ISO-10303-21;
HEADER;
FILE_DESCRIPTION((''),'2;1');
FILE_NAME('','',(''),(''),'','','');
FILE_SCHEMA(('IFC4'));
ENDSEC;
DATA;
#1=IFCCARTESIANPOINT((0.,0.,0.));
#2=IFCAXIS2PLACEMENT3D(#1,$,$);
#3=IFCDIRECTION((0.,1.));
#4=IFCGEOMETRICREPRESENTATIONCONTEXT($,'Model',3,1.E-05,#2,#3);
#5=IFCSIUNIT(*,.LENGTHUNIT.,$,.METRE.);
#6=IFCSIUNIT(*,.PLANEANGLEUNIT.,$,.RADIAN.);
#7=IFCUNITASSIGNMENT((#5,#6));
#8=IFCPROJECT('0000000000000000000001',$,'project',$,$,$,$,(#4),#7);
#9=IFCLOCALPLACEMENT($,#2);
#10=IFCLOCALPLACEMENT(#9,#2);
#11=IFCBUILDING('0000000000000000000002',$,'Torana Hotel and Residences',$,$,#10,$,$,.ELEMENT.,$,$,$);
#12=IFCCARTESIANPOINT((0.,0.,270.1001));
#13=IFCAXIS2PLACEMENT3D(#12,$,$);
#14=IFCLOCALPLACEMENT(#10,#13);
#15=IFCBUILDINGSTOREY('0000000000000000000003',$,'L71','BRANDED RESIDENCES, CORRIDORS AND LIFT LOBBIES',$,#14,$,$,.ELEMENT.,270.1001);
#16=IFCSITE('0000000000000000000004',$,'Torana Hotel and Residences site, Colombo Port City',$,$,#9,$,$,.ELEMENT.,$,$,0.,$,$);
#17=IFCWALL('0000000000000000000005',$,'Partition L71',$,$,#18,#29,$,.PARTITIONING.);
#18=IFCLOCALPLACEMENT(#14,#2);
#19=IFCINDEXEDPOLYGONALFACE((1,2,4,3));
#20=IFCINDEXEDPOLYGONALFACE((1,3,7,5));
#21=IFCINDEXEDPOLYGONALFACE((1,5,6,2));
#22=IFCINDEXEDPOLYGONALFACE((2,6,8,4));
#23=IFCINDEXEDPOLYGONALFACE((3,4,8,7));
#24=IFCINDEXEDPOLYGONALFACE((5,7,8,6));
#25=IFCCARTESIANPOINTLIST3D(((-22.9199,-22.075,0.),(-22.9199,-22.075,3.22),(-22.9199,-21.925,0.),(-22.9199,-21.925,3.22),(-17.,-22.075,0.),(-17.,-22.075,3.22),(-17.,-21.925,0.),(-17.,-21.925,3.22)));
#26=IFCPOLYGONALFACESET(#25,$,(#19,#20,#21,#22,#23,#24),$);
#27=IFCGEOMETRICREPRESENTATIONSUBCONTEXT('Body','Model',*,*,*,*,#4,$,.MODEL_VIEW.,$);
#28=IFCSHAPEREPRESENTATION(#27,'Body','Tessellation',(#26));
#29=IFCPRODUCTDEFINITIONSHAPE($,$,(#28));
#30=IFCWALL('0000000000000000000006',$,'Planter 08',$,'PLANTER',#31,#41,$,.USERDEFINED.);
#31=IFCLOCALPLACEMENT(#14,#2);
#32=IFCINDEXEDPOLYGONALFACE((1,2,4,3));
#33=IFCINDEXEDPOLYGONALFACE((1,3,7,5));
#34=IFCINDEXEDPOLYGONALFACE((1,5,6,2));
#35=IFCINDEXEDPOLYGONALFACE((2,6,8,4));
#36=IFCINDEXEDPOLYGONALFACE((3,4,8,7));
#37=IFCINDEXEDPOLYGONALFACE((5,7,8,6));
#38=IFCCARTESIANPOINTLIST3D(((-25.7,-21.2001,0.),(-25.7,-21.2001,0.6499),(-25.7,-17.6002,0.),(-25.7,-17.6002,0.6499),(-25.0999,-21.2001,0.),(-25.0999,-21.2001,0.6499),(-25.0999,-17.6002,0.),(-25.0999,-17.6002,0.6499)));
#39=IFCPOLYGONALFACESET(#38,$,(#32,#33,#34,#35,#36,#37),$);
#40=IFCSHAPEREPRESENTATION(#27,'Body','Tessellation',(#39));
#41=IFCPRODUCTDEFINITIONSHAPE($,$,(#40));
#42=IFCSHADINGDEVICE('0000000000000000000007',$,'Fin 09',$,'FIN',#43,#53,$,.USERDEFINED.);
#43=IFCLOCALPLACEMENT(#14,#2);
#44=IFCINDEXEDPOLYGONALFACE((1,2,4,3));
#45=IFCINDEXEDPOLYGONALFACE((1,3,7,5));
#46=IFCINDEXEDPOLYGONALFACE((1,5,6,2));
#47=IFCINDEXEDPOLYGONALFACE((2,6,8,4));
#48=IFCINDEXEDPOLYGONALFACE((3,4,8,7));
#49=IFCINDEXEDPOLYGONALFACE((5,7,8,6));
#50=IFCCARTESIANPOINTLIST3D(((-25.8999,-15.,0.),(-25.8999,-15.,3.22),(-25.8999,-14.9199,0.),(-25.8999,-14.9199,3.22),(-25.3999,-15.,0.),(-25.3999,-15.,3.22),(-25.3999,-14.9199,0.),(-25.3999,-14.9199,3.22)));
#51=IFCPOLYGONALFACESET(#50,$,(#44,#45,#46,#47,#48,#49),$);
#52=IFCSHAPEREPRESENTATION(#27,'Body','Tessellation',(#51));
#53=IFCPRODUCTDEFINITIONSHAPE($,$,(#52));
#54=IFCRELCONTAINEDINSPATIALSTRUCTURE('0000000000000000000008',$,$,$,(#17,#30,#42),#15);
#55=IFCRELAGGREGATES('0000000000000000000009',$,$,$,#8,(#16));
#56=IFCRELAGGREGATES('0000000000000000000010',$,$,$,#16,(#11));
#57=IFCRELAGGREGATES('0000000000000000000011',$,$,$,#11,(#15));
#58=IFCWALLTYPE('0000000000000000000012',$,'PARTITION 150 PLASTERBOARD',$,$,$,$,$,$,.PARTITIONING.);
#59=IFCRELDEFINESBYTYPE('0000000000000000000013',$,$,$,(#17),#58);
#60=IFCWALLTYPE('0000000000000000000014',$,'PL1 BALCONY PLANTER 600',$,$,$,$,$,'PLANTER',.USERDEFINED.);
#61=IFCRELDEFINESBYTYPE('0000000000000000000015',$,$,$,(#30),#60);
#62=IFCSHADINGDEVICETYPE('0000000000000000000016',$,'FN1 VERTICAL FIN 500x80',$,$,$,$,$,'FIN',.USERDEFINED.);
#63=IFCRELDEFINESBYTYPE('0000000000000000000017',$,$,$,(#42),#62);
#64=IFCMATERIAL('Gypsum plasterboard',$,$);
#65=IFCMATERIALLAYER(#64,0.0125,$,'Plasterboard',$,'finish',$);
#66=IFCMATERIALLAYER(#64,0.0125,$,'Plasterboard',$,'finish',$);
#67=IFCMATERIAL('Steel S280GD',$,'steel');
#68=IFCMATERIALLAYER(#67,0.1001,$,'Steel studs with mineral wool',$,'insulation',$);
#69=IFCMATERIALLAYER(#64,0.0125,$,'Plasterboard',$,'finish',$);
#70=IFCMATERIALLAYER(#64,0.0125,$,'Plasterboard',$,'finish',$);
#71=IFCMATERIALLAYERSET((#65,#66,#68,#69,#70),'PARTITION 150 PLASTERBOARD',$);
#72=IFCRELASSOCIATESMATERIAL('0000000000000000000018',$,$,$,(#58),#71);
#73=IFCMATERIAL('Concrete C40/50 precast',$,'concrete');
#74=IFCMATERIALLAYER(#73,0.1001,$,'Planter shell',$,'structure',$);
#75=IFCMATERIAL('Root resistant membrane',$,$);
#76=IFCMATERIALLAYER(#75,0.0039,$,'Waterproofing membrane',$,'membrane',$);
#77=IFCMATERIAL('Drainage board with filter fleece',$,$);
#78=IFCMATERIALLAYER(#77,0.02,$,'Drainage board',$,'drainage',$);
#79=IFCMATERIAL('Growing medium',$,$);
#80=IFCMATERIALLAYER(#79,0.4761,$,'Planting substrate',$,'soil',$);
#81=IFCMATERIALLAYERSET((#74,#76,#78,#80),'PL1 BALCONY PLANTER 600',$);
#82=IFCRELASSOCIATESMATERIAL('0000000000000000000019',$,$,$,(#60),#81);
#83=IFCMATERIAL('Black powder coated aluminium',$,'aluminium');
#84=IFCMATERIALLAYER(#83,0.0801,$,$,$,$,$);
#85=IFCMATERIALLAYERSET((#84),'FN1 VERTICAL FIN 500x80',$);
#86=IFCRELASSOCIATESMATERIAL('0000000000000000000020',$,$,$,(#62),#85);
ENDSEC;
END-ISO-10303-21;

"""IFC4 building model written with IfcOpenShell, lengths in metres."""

from ifc_helpers import new_model, si_unit, direction, frame, frame_2d, origin, origin_2d, place, context, subcontext, project, spatial, rectangle, extrude, material, layer, layer_set, type_object, element, save


model = new_model("IFC4")

# Units and contexts
model_context = context("Model", 3, precision=1e-05, world=origin(), true_north=direction((0.0, 1.0)))
body_context = subcontext(model_context, "Body", "Model", "MODEL_VIEW")
ifc_project = project(units=[si_unit("LENGTHUNIT", "METRE"), si_unit("PLANEANGLEUNIT", "RADIAN")], contexts=[model_context])

# Site, building, storey
site_placement = place(None, origin())
site = spatial("IfcSite", under=ifc_project, at=site_placement, Name="Torana Hotel and Residences site, Colombo Port City", CompositionType="ELEMENT", RefElevation=0.0)
building_placement = place(site_placement, origin())
building = spatial("IfcBuilding", under=site, at=building_placement, Name="Torana Hotel and Residences", CompositionType="ELEMENT")
storey_placement = place(building_placement, frame((0.0, 0.0, 270.1001)))
storey = spatial("IfcBuildingStorey", under=building, at=storey_placement, Name="L71", Description="BRANDED RESIDENCES, CORRIDORS AND LIFT LOBBIES", CompositionType="ELEMENT", Elevation=270.1001)

# Walls
ifc_material_1 = material(Name="Gypsum plasterboard")
ifc_layer_1 = layer(ifc_material_1, 0.0125, Name="Plasterboard", Category="finish")
ifc_layer_2 = layer(ifc_material_1, 0.0125, Name="Plasterboard", Category="finish")
ifc_material_2 = material(Name="Steel S280GD", Category="steel")
ifc_layer_3 = layer(ifc_material_2, 0.1001, Name="Steel studs with mineral wool", Category="insulation")
ifc_layer_4 = layer(ifc_material_1, 0.0125, Name="Plasterboard", Category="finish")
ifc_layer_5 = layer(ifc_material_1, 0.0125, Name="Plasterboard", Category="finish")
ifc_layer_set_1 = layer_set([ifc_layer_1, ifc_layer_2, ifc_layer_3, ifc_layer_4, ifc_layer_5], Name="PARTITION 150 PLASTERBOARD")
wall_type_1 = type_object("IfcWallType", Name="PARTITION 150 PLASTERBOARD", PredefinedType="PARTITIONING", material=ifc_layer_set_1)
wall_1_placement = place(storey_placement, frame((-22.9199, -22.0, 0.0), z_axis=(0.0, 0.0, 1.0), x_axis=(1.0, 0.0, 0.0)))
element("IfcWall", 1, at=wall_1_placement, inside=storey, type_object=wall_type_1, Name="Partition L71", PredefinedType="PARTITIONING", context=body_context, shape_type="SweptSolid", body=[
    extrude(rectangle(XDim=5.9199, YDim=0.1499, at=frame_2d((2.96, 0.0))), origin(), (0.0, 0.0, 1.0), 3.22),
])
ifc_material_3 = material(Name="Concrete C40/50 precast", Category="concrete")
ifc_layer_6 = layer(ifc_material_3, 0.1001, Name="Planter shell", Category="structure")
ifc_material_4 = material(Name="Root resistant membrane")
ifc_layer_7 = layer(ifc_material_4, 0.0039, Name="Waterproofing membrane", Category="membrane")
ifc_material_5 = material(Name="Drainage board with filter fleece")
ifc_layer_8 = layer(ifc_material_5, 0.02, Name="Drainage board", Category="drainage")
ifc_material_6 = material(Name="Growing medium")
ifc_layer_9 = layer(ifc_material_6, 0.4761, Name="Planting substrate", Category="soil")
ifc_layer_set_2 = layer_set([ifc_layer_6, ifc_layer_7, ifc_layer_8, ifc_layer_9], Name="PL1 BALCONY PLANTER 600")
wall_type_2 = type_object("IfcWallType", Name="PL1 BALCONY PLANTER 600", ElementType="PLANTER", PredefinedType="USERDEFINED", material=ifc_layer_set_2)
wall_2_placement = place(storey_placement, frame((-25.3999, -21.2, 0.0), z_axis=(0.0, 0.0, 1.0), x_axis=(0.0, 1.0, 0.0)))
element("IfcWall", 2, at=wall_2_placement, inside=storey, type_object=wall_type_2, Name="Planter 08", ObjectType="PLANTER", PredefinedType="USERDEFINED", context=body_context, shape_type="SweptSolid", body=[
    extrude(rectangle(XDim=3.5999, YDim=0.6001, at=frame_2d((1.7998, 0.0))), origin(), (0.0, 0.0, 1.0), 0.6499),
])

# Shading device
ifc_material_7 = material(Name="Black powder coated aluminium", Category="aluminium")
ifc_layer_10 = layer(ifc_material_7, 0.0801)
ifc_layer_set_3 = layer_set([ifc_layer_10], Name="FN1 VERTICAL FIN 500x80")
shading_device_type = type_object("IfcShadingDeviceType", Name="FN1 VERTICAL FIN 500x80", ElementType="FIN", PredefinedType="USERDEFINED", material=ifc_layer_set_3)
shading_device_placement = place(storey_placement, frame((-25.6499, -14.96, 0.0), z_axis=(0.0, 0.0, 1.0), x_axis=(0.0, 1.0, 0.0)))
element("IfcShadingDevice", 3, at=shading_device_placement, inside=storey, type_object=shading_device_type, Name="Fin 09", ObjectType="FIN", PredefinedType="USERDEFINED", context=body_context, shape_type="SweptSolid", body=[
    extrude(rectangle(XDim=0.0801, YDim=0.5, at=origin_2d()), origin(), (0.0, 0.0, 1.0), 3.22),
])

save(model, "model.ifc")
